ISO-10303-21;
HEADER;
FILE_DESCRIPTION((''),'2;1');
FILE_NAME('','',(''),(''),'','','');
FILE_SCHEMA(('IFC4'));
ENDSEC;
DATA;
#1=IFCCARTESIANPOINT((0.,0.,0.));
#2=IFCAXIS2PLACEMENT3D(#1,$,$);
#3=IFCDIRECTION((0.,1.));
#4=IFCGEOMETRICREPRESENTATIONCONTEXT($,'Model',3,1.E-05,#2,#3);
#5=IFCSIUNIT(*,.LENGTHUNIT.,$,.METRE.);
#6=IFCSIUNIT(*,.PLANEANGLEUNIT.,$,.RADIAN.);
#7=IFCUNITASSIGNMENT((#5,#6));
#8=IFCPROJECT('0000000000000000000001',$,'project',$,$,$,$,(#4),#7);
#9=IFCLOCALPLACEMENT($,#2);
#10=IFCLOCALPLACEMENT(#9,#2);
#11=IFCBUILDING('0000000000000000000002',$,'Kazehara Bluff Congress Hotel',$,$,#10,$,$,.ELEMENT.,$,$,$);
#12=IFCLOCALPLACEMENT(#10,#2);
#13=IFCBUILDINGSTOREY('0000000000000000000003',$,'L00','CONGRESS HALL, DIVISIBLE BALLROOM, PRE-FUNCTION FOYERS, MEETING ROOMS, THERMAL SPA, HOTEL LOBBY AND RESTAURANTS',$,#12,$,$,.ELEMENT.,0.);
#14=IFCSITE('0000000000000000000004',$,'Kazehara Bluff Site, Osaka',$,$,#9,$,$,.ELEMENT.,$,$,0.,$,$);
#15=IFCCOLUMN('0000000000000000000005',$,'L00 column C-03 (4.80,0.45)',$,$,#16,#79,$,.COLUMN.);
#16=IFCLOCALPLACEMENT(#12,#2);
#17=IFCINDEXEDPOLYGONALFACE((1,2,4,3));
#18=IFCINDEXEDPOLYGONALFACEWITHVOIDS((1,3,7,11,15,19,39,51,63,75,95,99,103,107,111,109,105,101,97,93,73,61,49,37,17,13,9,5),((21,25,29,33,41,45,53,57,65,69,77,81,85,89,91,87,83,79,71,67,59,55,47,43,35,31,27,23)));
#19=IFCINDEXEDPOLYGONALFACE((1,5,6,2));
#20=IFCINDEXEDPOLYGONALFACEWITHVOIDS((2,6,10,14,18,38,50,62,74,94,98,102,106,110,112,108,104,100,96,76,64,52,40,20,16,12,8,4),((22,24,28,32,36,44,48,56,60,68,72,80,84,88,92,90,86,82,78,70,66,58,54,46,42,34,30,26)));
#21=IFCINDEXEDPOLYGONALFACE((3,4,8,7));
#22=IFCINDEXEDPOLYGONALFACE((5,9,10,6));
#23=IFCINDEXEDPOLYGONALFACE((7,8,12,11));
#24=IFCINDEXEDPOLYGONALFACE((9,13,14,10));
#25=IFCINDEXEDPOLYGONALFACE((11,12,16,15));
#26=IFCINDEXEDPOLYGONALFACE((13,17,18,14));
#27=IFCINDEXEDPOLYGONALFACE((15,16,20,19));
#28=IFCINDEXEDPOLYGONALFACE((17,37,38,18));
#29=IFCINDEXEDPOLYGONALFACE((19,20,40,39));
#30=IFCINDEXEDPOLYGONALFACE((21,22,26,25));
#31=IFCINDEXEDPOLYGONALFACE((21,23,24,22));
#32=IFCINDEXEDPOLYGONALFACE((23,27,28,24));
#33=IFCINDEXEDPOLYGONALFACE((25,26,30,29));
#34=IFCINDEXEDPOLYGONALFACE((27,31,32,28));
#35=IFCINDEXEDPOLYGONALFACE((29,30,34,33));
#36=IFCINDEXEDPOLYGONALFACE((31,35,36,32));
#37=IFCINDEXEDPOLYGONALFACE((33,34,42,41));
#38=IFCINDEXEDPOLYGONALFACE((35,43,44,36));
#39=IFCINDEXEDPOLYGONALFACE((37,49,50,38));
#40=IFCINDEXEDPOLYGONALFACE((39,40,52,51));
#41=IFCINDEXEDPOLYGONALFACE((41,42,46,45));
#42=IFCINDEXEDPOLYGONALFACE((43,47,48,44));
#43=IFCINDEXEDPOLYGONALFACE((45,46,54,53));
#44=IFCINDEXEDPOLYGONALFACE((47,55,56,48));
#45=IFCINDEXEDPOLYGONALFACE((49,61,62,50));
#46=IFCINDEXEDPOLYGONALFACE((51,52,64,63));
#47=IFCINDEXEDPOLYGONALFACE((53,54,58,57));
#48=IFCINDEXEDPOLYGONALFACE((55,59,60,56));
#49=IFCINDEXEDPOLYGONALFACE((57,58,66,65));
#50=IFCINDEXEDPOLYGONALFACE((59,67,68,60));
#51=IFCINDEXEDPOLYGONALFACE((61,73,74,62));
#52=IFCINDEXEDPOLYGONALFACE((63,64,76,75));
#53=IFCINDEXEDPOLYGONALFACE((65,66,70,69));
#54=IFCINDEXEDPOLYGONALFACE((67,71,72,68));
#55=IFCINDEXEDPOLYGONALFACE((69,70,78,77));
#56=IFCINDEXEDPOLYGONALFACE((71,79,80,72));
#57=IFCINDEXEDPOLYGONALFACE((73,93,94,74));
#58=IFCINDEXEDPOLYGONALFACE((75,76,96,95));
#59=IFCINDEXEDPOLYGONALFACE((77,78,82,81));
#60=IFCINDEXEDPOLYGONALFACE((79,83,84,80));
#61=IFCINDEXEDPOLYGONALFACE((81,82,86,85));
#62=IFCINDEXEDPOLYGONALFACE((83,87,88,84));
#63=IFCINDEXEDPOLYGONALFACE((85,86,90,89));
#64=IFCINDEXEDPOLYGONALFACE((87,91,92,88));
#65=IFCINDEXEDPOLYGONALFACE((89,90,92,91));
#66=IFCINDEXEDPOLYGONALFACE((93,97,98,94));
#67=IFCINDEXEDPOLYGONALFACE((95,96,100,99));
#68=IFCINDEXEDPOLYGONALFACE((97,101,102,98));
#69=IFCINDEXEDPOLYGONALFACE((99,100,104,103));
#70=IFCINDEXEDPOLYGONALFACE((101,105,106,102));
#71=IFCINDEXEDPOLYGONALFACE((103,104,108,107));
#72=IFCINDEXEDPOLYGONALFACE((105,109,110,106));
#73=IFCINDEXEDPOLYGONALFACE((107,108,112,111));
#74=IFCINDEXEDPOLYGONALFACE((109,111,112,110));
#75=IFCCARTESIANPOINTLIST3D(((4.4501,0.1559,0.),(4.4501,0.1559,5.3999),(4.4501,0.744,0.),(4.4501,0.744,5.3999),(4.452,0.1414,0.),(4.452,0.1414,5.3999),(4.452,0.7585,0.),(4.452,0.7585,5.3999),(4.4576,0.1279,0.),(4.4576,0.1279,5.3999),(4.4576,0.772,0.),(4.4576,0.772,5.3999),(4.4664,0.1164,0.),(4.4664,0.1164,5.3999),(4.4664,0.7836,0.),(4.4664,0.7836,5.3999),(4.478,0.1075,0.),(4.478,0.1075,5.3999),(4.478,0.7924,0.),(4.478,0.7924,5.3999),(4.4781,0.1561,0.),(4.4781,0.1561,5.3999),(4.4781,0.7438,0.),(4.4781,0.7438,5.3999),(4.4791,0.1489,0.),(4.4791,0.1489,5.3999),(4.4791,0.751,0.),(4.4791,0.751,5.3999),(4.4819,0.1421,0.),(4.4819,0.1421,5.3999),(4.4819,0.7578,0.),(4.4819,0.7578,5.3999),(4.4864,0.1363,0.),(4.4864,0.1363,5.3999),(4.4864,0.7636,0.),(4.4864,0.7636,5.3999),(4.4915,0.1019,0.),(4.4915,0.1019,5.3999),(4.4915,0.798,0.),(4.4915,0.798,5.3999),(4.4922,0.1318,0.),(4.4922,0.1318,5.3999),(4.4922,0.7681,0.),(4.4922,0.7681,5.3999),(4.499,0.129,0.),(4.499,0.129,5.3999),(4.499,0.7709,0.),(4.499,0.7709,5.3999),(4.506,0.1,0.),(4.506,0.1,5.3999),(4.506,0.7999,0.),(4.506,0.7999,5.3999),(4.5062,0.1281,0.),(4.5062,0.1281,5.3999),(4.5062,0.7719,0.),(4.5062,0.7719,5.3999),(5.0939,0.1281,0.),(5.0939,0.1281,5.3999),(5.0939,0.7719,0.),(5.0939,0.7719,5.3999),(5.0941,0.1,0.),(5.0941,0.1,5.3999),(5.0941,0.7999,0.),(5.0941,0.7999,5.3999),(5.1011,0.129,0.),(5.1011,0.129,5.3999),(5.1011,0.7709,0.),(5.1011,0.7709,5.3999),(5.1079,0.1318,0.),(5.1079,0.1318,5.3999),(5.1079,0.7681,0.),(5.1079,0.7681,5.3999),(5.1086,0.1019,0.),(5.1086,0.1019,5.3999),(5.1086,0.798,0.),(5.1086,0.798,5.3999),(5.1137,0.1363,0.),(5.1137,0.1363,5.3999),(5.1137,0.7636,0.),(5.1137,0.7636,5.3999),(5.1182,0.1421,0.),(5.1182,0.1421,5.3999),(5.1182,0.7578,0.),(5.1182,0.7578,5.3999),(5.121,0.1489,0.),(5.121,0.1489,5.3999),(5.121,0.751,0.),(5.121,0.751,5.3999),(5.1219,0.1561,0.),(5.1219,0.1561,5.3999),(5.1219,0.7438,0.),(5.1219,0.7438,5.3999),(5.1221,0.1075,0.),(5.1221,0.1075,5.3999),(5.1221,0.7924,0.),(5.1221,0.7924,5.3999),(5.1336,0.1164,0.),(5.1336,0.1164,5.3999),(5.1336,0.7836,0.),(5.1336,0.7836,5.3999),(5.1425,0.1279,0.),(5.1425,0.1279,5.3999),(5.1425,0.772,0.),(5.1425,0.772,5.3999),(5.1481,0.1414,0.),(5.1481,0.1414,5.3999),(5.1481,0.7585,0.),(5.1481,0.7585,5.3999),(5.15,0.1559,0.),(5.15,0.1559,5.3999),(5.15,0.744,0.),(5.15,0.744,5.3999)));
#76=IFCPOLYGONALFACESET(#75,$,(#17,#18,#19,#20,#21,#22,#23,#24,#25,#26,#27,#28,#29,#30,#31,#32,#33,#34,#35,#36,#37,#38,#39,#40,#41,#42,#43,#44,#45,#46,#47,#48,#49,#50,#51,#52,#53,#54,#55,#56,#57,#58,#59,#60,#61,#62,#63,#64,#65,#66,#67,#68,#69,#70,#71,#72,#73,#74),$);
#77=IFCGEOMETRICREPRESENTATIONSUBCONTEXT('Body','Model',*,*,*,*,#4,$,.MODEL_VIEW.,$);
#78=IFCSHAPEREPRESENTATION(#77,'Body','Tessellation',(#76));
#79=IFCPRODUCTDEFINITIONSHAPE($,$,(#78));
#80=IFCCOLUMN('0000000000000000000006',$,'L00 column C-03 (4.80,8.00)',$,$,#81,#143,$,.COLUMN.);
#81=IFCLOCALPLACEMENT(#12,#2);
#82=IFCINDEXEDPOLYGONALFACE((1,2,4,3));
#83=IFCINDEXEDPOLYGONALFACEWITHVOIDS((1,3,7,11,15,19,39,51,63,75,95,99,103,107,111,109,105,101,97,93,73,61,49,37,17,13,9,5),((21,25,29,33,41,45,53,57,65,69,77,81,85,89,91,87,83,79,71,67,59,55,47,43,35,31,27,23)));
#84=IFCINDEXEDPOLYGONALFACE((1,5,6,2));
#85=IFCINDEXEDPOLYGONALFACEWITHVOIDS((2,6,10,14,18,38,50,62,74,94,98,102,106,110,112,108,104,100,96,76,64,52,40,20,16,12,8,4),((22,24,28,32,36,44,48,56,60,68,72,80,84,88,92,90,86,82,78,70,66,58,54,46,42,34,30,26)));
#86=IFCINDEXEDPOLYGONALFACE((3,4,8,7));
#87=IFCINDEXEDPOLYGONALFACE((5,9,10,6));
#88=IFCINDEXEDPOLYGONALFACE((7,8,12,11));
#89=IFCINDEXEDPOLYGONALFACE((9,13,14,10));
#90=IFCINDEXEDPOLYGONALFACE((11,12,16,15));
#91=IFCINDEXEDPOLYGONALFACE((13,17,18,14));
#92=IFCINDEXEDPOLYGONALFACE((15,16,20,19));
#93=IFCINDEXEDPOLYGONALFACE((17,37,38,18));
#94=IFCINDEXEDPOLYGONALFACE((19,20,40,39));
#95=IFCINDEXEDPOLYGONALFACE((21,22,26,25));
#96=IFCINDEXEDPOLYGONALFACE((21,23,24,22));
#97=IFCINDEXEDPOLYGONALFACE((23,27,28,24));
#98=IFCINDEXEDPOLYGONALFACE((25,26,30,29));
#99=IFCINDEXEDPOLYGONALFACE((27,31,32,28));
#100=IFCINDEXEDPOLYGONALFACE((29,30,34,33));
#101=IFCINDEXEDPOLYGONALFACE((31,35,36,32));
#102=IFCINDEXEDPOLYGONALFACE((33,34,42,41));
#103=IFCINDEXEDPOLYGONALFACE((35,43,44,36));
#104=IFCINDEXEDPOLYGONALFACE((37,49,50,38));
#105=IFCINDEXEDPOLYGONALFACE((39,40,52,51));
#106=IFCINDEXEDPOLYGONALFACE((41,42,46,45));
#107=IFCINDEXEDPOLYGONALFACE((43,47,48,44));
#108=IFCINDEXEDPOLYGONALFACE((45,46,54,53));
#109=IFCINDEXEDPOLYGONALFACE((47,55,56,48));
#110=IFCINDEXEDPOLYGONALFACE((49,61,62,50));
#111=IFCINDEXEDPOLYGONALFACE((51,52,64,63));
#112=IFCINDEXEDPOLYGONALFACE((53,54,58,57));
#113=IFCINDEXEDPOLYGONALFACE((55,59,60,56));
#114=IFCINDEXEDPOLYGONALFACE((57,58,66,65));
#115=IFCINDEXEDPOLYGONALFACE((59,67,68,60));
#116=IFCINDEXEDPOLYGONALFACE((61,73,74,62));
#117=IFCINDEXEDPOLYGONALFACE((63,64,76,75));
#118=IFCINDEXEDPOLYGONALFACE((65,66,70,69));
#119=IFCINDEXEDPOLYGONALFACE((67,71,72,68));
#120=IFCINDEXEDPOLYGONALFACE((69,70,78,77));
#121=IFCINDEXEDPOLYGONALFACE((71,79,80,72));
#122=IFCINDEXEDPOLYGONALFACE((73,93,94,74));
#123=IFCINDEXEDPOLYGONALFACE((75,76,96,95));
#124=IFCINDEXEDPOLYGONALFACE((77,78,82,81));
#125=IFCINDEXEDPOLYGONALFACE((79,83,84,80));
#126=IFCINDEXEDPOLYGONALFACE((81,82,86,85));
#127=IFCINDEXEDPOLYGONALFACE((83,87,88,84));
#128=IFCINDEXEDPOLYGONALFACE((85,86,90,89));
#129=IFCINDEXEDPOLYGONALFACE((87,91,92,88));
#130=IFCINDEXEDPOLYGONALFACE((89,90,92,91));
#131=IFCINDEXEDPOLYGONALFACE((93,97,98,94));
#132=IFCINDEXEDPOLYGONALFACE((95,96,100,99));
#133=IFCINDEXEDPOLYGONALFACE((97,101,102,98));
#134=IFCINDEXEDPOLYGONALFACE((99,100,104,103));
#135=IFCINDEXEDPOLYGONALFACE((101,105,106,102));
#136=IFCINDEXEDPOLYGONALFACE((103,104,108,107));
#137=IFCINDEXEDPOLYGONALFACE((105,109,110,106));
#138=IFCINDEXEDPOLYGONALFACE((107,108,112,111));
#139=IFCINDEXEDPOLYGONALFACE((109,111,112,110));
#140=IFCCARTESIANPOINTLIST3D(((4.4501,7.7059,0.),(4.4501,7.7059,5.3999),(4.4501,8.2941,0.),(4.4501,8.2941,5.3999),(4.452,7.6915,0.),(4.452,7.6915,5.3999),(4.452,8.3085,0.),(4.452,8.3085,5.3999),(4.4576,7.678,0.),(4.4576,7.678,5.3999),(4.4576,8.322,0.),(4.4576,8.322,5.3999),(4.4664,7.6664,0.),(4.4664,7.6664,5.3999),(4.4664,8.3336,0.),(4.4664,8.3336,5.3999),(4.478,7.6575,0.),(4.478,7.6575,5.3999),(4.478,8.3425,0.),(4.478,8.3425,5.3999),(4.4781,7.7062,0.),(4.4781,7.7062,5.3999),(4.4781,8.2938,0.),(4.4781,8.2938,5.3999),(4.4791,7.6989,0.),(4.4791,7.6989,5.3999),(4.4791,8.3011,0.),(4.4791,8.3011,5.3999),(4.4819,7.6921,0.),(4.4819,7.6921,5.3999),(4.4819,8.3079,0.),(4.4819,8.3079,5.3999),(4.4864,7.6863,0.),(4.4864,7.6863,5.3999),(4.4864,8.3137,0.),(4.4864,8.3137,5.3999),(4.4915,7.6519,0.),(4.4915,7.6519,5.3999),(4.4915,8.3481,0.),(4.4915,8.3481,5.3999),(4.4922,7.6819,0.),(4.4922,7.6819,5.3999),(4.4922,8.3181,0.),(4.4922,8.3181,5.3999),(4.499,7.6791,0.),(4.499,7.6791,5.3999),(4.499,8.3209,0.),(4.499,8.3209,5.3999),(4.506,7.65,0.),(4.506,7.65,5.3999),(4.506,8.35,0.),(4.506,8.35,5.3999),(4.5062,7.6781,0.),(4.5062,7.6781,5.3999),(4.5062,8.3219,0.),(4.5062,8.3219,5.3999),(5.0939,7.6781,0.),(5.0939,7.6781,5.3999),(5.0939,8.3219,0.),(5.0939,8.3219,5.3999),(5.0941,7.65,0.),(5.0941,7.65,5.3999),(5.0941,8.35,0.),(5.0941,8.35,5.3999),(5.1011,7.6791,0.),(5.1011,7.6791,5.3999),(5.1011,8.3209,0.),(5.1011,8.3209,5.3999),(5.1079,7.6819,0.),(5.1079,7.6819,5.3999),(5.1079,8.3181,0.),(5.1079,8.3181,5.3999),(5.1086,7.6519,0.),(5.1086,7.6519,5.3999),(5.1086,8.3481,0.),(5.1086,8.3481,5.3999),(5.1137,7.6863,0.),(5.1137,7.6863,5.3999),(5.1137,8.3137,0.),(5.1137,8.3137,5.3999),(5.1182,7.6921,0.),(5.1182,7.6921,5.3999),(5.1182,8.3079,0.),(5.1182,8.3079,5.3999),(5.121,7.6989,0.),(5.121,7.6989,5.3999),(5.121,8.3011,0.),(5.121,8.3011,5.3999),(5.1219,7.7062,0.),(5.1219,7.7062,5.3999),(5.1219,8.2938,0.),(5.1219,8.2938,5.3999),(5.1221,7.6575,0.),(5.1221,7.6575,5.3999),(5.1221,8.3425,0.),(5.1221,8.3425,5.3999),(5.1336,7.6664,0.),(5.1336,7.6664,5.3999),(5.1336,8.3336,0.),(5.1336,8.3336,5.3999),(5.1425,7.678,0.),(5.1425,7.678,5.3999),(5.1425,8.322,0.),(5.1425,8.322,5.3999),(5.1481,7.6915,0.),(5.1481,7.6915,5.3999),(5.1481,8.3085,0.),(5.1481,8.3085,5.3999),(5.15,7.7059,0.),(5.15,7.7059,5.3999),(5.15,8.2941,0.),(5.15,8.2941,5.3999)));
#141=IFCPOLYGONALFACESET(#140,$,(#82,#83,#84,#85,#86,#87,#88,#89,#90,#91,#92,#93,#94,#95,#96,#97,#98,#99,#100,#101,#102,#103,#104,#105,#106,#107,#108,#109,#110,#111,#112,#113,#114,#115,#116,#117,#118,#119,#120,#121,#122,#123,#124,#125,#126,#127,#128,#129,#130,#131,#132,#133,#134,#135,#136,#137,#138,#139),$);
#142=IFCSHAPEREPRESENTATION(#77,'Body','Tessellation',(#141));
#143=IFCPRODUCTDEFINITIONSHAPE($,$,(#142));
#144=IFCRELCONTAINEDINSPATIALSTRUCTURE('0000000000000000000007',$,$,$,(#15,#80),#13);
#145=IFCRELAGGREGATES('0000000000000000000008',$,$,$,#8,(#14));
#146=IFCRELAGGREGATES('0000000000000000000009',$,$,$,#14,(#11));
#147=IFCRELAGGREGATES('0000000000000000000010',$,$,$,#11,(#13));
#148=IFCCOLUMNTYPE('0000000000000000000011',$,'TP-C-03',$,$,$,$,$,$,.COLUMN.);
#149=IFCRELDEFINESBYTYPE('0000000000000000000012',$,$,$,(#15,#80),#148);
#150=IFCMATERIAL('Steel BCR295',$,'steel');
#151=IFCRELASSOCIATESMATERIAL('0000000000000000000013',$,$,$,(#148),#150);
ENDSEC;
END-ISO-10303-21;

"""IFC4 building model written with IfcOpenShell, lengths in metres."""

from ifc_helpers import new_model, si_unit, direction, frame, origin, origin_2d, place, context, subcontext, project, spatial, hollow_rectangle, extrude, material, material_profile, profile_set, type_object, element, save


model = new_model("IFC4")

# Units and contexts
model_context = context("Model", 3, precision=1e-05, world=origin(), true_north=direction((0.0, 1.0)))
body_context = subcontext(model_context, "Body", "Model", "MODEL_VIEW")
ifc_project = project(units=[si_unit("LENGTHUNIT", "METRE"), si_unit("PLANEANGLEUNIT", "RADIAN")], contexts=[model_context])

# Site, building, storey
site_placement = place(None, origin())
site = spatial("IfcSite", under=ifc_project, at=site_placement, Name="Kazehara Bluff Site, Osaka", CompositionType="ELEMENT", RefElevation=0.0)
building_placement = place(site_placement, origin())
building = spatial("IfcBuilding", under=site, at=building_placement, Name="Kazehara Bluff Congress Hotel", CompositionType="ELEMENT")
storey_placement = place(building_placement, origin())
storey = spatial("IfcBuildingStorey", under=building, at=storey_placement, Name="L00", Description="CONGRESS HALL, DIVISIBLE BALLROOM, PRE-FUNCTION FOYERS, MEETING ROOMS, THERMAL SPA, HOTEL LOBBY AND RESTAURANTS", CompositionType="ELEMENT", Elevation=0.0)

# Columns
ifc_material_1 = material(Name="Steel BCR295", Category="steel")
ifc_material_profile_1 = material_profile(ifc_material_1, hollow_rectangle(XDim=0.7, YDim=0.7, WallThickness=0.0281, InnerFilletRadius=0.0281, OuterFilletRadius=0.0559, at=origin_2d()))
ifc_profile_set_1 = profile_set([ifc_material_profile_1], Name="Steel BCR295")
column_type = type_object("IfcColumnType", Name="TP-C-03", PredefinedType="COLUMN", material=ifc_profile_set_1)
for number, where, z_axis, x_axis, name in (
    (1, (4.8, 0.45, 0.0), (0.0, 0.0, 1.0), (1.0, 0.0, 0.0), "L00 column C-03 (4.80,0.45)"),
    (2, (4.8, 8.0, 0.0), (0.0, 0.0, 1.0), (1.0, 0.0, 0.0), "L00 column C-03 (4.80,8.00)"),
):
    element("IfcColumn", number, at=place(storey_placement, frame(where, z_axis=z_axis, x_axis=x_axis)), inside=storey, type_object=column_type, Name=name, PredefinedType="COLUMN", context=body_context, shape_type="SweptSolid", body=[
        extrude(hollow_rectangle(XDim=0.7, YDim=0.7, WallThickness=0.0281, InnerFilletRadius=0.0281, OuterFilletRadius=0.0559, at=origin_2d()), origin(), (0.0, 0.0, 1.0), 5.3999),
    ])

save(model, "model.ifc")
